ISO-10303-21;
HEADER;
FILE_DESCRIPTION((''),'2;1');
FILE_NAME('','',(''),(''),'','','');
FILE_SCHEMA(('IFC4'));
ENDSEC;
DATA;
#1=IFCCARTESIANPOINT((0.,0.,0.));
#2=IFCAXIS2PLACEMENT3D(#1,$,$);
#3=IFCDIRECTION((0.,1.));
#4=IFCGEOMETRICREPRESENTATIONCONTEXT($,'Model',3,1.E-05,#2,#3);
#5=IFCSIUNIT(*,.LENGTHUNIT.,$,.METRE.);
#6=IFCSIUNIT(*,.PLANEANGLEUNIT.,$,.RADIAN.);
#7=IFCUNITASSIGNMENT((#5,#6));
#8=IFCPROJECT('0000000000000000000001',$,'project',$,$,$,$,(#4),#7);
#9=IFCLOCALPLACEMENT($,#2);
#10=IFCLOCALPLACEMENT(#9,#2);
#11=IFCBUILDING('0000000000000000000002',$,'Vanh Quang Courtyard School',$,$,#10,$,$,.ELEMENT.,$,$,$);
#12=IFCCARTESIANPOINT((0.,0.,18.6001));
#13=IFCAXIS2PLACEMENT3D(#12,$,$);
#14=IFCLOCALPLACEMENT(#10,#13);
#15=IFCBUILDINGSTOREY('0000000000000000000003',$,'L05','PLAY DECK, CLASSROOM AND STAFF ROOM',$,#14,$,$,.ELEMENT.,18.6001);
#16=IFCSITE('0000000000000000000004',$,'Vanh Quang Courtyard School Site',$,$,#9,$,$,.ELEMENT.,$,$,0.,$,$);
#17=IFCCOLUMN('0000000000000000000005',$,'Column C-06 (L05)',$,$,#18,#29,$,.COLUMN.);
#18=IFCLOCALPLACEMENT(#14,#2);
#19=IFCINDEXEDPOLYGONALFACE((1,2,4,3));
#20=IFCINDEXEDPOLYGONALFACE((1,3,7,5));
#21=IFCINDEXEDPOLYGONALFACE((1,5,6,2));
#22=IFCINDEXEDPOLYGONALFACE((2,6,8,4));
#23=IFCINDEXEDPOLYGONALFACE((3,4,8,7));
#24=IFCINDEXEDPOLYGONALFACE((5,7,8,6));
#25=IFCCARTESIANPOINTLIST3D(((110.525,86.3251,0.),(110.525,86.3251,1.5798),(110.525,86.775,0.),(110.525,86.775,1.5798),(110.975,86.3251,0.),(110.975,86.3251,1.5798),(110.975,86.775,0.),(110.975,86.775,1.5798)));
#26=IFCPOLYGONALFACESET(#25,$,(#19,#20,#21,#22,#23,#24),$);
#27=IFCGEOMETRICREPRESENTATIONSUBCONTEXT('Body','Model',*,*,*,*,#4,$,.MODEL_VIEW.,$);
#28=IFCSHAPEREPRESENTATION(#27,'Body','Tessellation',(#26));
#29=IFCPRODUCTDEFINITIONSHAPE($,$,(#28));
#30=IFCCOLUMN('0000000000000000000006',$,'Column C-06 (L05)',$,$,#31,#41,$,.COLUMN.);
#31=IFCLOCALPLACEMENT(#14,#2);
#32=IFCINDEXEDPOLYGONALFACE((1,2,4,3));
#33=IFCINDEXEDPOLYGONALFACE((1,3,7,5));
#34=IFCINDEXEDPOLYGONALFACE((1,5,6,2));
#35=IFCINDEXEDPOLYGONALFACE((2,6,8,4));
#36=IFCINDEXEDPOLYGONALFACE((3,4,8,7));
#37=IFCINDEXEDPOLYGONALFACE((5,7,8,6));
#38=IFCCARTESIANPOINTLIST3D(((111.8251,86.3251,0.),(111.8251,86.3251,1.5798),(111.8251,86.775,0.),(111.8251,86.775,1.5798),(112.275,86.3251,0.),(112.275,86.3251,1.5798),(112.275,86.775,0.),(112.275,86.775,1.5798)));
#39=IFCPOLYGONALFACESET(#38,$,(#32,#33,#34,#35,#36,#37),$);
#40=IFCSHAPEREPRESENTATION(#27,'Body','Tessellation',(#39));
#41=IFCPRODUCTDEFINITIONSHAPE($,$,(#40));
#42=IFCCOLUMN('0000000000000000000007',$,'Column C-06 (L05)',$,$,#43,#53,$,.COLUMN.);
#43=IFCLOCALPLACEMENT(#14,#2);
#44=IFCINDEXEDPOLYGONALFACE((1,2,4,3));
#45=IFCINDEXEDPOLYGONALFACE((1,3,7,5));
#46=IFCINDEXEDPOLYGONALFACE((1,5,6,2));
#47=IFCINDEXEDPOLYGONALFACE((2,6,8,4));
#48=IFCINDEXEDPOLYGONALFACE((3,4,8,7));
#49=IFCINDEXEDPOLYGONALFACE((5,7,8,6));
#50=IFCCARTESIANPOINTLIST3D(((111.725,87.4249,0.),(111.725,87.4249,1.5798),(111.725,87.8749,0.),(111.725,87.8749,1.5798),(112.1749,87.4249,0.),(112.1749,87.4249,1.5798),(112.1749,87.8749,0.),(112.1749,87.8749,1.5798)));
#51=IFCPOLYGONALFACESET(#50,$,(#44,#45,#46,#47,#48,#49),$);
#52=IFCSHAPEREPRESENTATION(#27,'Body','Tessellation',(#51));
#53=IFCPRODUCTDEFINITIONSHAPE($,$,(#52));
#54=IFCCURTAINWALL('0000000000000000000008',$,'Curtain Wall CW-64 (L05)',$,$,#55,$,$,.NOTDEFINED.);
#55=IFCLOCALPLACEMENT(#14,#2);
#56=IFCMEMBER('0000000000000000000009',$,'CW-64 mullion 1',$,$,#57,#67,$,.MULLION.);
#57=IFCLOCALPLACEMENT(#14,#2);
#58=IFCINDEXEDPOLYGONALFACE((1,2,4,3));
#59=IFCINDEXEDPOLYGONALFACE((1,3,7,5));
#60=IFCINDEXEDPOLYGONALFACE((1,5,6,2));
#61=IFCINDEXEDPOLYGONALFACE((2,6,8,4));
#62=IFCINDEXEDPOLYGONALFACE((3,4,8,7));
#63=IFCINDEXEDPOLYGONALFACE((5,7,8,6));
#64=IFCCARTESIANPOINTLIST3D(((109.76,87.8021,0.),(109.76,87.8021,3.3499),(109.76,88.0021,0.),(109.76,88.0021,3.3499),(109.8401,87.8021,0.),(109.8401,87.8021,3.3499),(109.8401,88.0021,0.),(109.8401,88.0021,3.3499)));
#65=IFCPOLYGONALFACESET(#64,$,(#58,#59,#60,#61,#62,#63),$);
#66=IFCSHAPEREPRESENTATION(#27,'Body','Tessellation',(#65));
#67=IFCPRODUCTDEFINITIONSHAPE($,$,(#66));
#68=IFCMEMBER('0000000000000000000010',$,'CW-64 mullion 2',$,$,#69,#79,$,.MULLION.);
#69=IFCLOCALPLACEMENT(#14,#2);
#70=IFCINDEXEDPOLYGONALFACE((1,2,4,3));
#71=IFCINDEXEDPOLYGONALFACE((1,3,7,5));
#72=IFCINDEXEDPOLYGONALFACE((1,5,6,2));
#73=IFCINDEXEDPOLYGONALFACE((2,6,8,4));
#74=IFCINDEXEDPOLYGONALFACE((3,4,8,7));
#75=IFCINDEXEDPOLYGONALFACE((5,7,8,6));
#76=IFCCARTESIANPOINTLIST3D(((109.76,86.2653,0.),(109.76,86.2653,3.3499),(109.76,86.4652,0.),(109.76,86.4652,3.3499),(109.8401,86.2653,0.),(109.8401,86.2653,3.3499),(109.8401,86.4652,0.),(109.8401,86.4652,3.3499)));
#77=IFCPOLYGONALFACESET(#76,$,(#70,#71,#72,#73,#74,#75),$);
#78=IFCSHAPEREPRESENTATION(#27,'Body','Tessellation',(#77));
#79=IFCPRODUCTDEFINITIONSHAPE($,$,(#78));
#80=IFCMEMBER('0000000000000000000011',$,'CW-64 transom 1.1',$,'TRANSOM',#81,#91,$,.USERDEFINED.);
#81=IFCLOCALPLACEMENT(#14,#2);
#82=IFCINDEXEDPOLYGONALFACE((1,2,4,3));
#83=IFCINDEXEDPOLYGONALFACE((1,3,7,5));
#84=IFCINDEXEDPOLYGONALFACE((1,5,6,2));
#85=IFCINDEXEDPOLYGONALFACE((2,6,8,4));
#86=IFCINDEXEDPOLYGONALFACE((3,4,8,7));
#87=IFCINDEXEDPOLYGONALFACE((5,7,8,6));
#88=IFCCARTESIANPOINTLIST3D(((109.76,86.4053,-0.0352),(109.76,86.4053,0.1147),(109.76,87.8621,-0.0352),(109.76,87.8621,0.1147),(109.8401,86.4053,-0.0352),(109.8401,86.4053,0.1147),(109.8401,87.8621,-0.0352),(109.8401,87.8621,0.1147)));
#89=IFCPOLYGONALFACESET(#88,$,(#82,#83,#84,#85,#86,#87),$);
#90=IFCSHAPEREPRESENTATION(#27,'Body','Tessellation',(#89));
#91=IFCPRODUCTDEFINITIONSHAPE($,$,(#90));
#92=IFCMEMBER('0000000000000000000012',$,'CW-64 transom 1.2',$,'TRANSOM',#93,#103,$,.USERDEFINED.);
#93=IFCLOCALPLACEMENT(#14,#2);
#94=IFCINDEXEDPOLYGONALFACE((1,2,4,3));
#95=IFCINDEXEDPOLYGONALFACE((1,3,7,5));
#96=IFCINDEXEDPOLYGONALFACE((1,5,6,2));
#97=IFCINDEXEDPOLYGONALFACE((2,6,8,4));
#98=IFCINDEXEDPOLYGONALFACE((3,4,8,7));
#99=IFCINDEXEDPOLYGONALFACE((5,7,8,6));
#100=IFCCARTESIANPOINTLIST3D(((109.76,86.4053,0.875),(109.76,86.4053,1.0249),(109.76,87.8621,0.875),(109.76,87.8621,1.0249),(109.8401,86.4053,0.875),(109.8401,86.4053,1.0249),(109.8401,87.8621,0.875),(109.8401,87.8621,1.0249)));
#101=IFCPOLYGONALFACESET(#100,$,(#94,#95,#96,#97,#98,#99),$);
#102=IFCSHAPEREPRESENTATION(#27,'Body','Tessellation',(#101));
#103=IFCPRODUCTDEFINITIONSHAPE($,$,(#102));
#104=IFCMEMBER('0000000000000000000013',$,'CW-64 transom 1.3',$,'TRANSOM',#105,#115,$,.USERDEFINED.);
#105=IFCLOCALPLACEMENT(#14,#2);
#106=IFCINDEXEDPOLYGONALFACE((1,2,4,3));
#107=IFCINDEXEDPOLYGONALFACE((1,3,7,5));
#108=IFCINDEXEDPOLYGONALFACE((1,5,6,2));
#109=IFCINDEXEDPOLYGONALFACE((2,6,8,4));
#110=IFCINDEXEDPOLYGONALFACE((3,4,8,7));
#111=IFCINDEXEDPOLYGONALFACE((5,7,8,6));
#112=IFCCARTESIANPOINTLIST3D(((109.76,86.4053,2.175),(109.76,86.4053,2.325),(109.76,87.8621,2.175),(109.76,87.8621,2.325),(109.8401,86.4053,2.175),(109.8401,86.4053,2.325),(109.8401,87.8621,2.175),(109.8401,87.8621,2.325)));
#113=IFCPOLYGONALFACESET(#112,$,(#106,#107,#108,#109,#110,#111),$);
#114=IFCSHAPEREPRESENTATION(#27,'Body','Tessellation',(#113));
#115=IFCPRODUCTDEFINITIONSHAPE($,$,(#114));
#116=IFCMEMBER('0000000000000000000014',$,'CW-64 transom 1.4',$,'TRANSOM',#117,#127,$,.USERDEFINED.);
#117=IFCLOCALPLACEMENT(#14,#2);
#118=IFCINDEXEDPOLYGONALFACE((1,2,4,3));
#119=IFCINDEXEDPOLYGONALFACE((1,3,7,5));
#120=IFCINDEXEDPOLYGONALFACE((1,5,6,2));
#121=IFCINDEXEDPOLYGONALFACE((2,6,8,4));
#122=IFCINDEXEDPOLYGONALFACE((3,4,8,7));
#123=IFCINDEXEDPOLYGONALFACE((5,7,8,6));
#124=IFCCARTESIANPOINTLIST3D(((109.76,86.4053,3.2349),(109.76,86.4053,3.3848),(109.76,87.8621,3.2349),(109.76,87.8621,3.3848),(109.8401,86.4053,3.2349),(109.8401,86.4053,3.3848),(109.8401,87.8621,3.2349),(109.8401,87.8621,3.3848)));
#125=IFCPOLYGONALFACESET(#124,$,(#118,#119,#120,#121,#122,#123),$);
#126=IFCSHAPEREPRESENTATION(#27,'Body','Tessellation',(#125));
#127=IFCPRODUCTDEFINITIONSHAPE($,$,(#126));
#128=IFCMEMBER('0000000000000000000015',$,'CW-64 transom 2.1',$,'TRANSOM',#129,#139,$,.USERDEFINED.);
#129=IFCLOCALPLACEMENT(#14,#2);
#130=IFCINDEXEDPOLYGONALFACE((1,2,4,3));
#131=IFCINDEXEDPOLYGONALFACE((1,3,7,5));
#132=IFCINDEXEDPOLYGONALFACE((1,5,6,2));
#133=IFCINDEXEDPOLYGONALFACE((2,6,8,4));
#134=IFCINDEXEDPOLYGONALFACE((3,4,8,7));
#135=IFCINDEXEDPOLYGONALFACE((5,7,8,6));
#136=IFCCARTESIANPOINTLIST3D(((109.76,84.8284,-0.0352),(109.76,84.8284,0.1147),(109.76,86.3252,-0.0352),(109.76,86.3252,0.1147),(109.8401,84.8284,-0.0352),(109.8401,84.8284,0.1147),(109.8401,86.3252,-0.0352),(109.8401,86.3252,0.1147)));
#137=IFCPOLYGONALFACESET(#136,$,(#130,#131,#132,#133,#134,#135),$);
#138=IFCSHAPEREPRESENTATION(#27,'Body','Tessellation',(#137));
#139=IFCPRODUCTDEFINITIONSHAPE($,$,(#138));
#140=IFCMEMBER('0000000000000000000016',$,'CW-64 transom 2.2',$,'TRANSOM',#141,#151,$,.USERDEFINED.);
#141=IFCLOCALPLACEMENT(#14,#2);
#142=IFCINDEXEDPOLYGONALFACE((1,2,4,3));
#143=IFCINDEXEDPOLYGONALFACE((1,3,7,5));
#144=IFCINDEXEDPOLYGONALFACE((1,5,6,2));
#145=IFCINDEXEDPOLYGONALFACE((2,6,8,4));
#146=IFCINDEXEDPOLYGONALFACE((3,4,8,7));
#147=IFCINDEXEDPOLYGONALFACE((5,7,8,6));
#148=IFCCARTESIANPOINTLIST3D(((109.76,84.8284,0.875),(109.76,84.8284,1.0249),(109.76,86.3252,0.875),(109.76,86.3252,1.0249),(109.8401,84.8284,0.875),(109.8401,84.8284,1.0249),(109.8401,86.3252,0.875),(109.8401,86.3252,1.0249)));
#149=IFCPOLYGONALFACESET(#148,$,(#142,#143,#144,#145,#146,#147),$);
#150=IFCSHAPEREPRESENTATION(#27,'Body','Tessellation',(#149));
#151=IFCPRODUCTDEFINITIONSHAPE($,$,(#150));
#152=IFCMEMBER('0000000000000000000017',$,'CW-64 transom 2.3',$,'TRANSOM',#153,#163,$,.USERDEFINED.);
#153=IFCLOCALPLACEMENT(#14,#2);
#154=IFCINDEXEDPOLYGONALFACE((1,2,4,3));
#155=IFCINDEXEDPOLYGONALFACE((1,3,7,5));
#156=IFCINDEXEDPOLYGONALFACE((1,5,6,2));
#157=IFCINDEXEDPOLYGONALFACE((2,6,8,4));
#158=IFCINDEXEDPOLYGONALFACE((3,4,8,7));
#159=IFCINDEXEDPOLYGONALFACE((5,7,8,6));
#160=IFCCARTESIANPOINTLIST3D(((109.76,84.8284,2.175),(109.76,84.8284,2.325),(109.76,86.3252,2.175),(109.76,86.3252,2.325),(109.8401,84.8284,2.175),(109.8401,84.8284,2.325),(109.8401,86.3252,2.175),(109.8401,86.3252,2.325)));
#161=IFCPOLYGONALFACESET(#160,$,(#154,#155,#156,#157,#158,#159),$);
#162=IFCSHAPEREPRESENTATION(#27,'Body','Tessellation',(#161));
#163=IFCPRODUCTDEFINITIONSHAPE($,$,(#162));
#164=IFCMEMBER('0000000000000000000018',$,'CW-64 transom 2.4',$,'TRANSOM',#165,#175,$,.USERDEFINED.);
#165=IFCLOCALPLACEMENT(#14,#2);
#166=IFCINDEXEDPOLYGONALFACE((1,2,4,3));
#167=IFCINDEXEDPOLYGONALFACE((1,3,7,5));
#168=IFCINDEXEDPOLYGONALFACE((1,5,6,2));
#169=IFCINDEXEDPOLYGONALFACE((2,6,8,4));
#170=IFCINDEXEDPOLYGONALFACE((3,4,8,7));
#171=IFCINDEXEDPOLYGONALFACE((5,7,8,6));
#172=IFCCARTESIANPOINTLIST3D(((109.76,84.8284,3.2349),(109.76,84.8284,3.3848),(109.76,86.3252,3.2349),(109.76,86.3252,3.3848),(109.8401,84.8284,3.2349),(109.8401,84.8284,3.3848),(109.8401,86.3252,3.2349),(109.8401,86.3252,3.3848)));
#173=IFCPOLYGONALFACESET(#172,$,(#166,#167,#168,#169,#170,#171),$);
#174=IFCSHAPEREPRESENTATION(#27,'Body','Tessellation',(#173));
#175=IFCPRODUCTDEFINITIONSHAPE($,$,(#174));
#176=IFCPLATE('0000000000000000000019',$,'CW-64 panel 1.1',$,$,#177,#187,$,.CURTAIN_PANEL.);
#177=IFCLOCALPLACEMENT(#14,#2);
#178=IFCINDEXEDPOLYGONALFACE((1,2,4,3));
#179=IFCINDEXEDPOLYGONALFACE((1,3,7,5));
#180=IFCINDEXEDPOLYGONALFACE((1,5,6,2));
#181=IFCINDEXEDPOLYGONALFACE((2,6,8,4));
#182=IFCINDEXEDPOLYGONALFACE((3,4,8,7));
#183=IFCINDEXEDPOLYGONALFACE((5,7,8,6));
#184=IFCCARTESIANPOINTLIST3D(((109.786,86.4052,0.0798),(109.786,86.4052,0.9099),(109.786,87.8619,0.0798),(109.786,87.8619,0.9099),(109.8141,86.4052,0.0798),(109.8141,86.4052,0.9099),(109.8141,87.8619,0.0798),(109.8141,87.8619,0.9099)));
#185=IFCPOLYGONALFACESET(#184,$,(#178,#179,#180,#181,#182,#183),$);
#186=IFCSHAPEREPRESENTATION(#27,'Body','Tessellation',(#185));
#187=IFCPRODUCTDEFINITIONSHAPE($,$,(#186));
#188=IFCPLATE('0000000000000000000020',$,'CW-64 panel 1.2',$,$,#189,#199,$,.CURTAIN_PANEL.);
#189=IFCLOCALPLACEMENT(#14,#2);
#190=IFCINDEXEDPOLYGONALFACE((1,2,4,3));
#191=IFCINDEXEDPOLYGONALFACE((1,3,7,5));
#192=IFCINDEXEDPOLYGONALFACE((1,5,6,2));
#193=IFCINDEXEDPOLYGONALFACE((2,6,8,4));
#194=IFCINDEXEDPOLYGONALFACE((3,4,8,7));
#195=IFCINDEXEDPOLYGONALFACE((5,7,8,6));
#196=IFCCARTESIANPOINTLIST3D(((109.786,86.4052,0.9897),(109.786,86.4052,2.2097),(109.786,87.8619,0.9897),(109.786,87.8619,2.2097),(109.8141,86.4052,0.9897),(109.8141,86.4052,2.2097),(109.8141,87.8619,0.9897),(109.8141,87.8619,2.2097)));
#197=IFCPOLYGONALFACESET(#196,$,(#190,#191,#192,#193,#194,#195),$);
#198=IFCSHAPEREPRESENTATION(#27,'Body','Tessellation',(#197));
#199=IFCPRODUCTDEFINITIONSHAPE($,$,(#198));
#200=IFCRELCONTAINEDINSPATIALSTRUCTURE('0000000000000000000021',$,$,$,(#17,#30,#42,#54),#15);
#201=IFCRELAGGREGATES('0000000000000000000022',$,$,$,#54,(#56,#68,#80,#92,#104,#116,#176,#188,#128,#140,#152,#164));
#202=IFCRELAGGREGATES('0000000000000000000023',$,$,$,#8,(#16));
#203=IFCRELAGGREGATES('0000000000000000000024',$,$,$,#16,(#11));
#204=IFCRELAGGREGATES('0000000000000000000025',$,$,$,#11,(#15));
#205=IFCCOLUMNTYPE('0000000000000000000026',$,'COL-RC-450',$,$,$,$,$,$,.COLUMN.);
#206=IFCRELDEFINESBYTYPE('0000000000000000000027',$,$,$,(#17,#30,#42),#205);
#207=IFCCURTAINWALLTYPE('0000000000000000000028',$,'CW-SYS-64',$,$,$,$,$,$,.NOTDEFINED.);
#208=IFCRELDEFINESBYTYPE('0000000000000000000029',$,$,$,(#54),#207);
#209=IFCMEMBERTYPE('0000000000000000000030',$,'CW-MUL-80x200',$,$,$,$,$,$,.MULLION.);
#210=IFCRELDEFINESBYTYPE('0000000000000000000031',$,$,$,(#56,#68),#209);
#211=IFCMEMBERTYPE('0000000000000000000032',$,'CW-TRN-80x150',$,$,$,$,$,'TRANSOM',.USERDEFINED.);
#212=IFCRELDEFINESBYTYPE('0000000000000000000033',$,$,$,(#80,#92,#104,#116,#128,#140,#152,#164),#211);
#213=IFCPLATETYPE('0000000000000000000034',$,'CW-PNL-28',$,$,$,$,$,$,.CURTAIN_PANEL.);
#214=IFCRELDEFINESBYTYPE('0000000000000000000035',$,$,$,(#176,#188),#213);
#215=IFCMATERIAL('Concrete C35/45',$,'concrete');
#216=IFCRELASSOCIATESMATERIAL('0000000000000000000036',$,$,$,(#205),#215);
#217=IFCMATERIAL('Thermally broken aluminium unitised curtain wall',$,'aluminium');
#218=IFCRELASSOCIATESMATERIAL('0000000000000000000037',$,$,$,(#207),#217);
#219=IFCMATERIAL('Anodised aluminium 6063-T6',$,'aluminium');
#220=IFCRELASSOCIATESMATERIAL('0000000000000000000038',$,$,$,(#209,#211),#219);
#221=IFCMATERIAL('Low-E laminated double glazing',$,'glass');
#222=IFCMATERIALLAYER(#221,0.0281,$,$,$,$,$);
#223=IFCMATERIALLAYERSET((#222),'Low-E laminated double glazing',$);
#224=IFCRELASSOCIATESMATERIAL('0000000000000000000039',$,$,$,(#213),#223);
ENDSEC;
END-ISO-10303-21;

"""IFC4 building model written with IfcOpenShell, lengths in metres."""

from ifc_helpers import new_model, si_unit, direction, frame, origin, origin_2d, place, context, subcontext, project, spatial, rectangle, extrude, material, layer, layer_set, material_profile, profile_set, type_object, element, aggregate, save


model = new_model("IFC4")

# Units and contexts
model_context = context("Model", 3, precision=1e-05, world=origin(), true_north=direction((0.0, 1.0)))
body_context = subcontext(model_context, "Body", "Model", "MODEL_VIEW")
ifc_project = project(units=[si_unit("LENGTHUNIT", "METRE"), si_unit("PLANEANGLEUNIT", "RADIAN")], contexts=[model_context])

# Site, building, storey
site_placement = place(None, origin())
site = spatial("IfcSite", under=ifc_project, at=site_placement, Name="Vanh Quang Courtyard School Site", CompositionType="ELEMENT", RefElevation=0.0)
building_placement = place(site_placement, origin())
building = spatial("IfcBuilding", under=site, at=building_placement, Name="Vanh Quang Courtyard School", CompositionType="ELEMENT")
storey_placement = place(building_placement, frame((0.0, 0.0, 18.6001)))
storey = spatial("IfcBuildingStorey", under=building, at=storey_placement, Name="L05", Description="PLAY DECK, CLASSROOM AND STAFF ROOM", CompositionType="ELEMENT", Elevation=18.6001)

# Columns
ifc_material_1 = material(Name="Concrete C35/45", Category="concrete")
ifc_material_profile_1 = material_profile(ifc_material_1, rectangle(XDim=0.45, YDim=0.45, at=origin_2d()), Name="RC-COL 450x450")
ifc_profile_set_1 = profile_set([ifc_material_profile_1], Name="Concrete C35/45")
column_type = type_object("IfcColumnType", Name="COL-RC-450", PredefinedType="COLUMN", material=ifc_profile_set_1)
for number, where, z_axis, x_axis, name in (
    (1, (110.75, 86.55, 0.0), (0.0, 0.0, 1.0), (1.0, 0.0, 0.0), "Column C-06 (L05)"),
    (2, (112.05, 86.55, 0.0), (0.0, 0.0, 1.0), (1.0, 0.0, 0.0), "Column C-06 (L05)"),
    (3, (111.95, 87.6499, 0.0), (0.0, 0.0, 1.0), (1.0, 0.0, 0.0), "Column C-06 (L05)"),
):
    element("IfcColumn", number, at=place(storey_placement, frame(where, z_axis=z_axis, x_axis=x_axis)), inside=storey, type_object=column_type, Name=name, PredefinedType="COLUMN", context=body_context, shape_type="SweptSolid", body=[
        extrude(rectangle(XDim=0.45, YDim=0.45, at=origin_2d()), origin(), (0.0, 0.0, 1.0), 1.5798),
    ])

# Curtain wall, members, plates
ifc_material_2 = material(Name="Thermally broken aluminium unitised curtain wall", Category="aluminium")
curtain_wall_type = type_object("IfcCurtainWallType", Name="CW-SYS-64", PredefinedType="NOTDEFINED", material=ifc_material_2)
curtain_wall_placement = place(storey_placement, origin())
curtain_wall = element("IfcCurtainWall", 4, at=curtain_wall_placement, inside=storey, type_object=curtain_wall_type, Name="Curtain Wall CW-64 (L05)", PredefinedType="NOTDEFINED")
ifc_material_3 = material(Name="Anodised aluminium 6063-T6", Category="aluminium")
ifc_material_profile_2 = material_profile(ifc_material_3, rectangle(XDim=0.0801, YDim=0.2, at=origin_2d()), Name="ALU-MUL 80x200")
ifc_profile_set_2 = profile_set([ifc_material_profile_2], Name="Anodised aluminium 6063-T6")
member_type_1 = type_object("IfcMemberType", Name="CW-MUL-80x200", PredefinedType="MULLION", material=ifc_profile_set_2)
member_1_placement = place(storey_placement, frame((109.8, 87.9021, 0.0), z_axis=(0.0, 0.0, 1.0), x_axis=(1.0, 0.0, 0.0)))
member_1 = element("IfcMember", 5, at=member_1_placement, type_object=member_type_1, Name="CW-64 mullion 1", PredefinedType="MULLION", context=body_context, shape_type="SweptSolid", body=[
    extrude(rectangle(XDim=0.0801, YDim=0.2, at=origin_2d()), origin(), (0.0, 0.0, 1.0), 3.3499),
])
member_2_placement = place(storey_placement, frame((109.8, 86.3652, 0.0), z_axis=(0.0, 0.0, 1.0), x_axis=(1.0, 0.0, 0.0)))
member_2 = element("IfcMember", 6, at=member_2_placement, type_object=member_type_1, Name="CW-64 mullion 2", PredefinedType="MULLION", context=body_context, shape_type="SweptSolid", body=[
    extrude(rectangle(XDim=0.0801, YDim=0.2, at=origin_2d()), origin(), (0.0, 0.0, 1.0), 3.3499),
])
ifc_material_profile_3 = material_profile(ifc_material_3, rectangle(XDim=0.0801, YDim=0.1499, at=origin_2d()), Name="ALU-TRN 80x150")
ifc_profile_set_3 = profile_set([ifc_material_profile_3], Name="Anodised aluminium 6063-T6")
member_type_2 = type_object("IfcMemberType", Name="CW-TRN-80x150", ElementType="TRANSOM", PredefinedType="USERDEFINED", material=ifc_profile_set_3)
member_3_placement = place(storey_placement, frame((109.8, 87.8621, 0.0398), z_axis=(0.0, -1.0, 0.0), x_axis=(1.0, 0.0, 0.0)))
member_3 = element("IfcMember", 7, at=member_3_placement, type_object=member_type_2, Name="CW-64 transom 1.1", ObjectType="TRANSOM", PredefinedType="USERDEFINED", context=body_context, shape_type="SweptSolid", body=[
    extrude(rectangle(XDim=0.0801, YDim=0.1499, at=origin_2d()), origin(), (0.0, 0.0, 1.0), 1.4568),
])
member_4_placement = place(storey_placement, frame((109.8, 87.8621, 0.95), z_axis=(0.0, -1.0, 0.0), x_axis=(1.0, 0.0, 0.0)))
member_4 = element("IfcMember", 8, at=member_4_placement, type_object=member_type_2, Name="CW-64 transom 1.2", ObjectType="TRANSOM", PredefinedType="USERDEFINED", context=body_context, shape_type="SweptSolid", body=[
    extrude(rectangle(XDim=0.0801, YDim=0.1499, at=origin_2d()), origin(), (0.0, 0.0, 1.0), 1.4568),
])
member_5_placement = place(storey_placement, frame((109.8, 87.8621, 2.25), z_axis=(0.0, -1.0, 0.0), x_axis=(1.0, 0.0, 0.0)))
member_5 = element("IfcMember", 9, at=member_5_placement, type_object=member_type_2, Name="CW-64 transom 1.3", ObjectType="TRANSOM", PredefinedType="USERDEFINED", context=body_context, shape_type="SweptSolid", body=[
    extrude(rectangle(XDim=0.0801, YDim=0.1499, at=origin_2d()), origin(), (0.0, 0.0, 1.0), 1.4568),
])
member_6_placement = place(storey_placement, frame((109.8, 87.8621, 3.3098), z_axis=(0.0, -1.0, 0.0), x_axis=(1.0, 0.0, 0.0)))
member_6 = element("IfcMember", 10, at=member_6_placement, type_object=member_type_2, Name="CW-64 transom 1.4", ObjectType="TRANSOM", PredefinedType="USERDEFINED", context=body_context, shape_type="SweptSolid", body=[
    extrude(rectangle(XDim=0.0801, YDim=0.1499, at=origin_2d()), origin(), (0.0, 0.0, 1.0), 1.4568),
])
member_7_placement = place(storey_placement, frame((109.8, 86.3252, 0.0398), z_axis=(0.0, -1.0, 0.0), x_axis=(1.0, 0.0, 0.0)))
member_7 = element("IfcMember", 11, at=member_7_placement, type_object=member_type_2, Name="CW-64 transom 2.1", ObjectType="TRANSOM", PredefinedType="USERDEFINED", context=body_context, shape_type="SweptSolid", body=[
    extrude(rectangle(XDim=0.0801, YDim=0.1499, at=origin_2d()), origin(), (0.0, 0.0, 1.0), 1.4968),
])
member_8_placement = place(storey_placement, frame((109.8, 86.3252, 0.95), z_axis=(0.0, -1.0, 0.0), x_axis=(1.0, 0.0, 0.0)))
member_8 = element("IfcMember", 12, at=member_8_placement, type_object=member_type_2, Name="CW-64 transom 2.2", ObjectType="TRANSOM", PredefinedType="USERDEFINED", context=body_context, shape_type="SweptSolid", body=[
    extrude(rectangle(XDim=0.0801, YDim=0.1499, at=origin_2d()), origin(), (0.0, 0.0, 1.0), 1.4968),
])
member_9_placement = place(storey_placement, frame((109.8, 86.3252, 2.25), z_axis=(0.0, -1.0, 0.0), x_axis=(1.0, 0.0, 0.0)))
member_9 = element("IfcMember", 13, at=member_9_placement, type_object=member_type_2, Name="CW-64 transom 2.3", ObjectType="TRANSOM", PredefinedType="USERDEFINED", context=body_context, shape_type="SweptSolid", body=[
    extrude(rectangle(XDim=0.0801, YDim=0.1499, at=origin_2d()), origin(), (0.0, 0.0, 1.0), 1.4968),
])
member_10_placement = place(storey_placement, frame((109.8, 86.3252, 3.3098), z_axis=(0.0, -1.0, 0.0), x_axis=(1.0, 0.0, 0.0)))
member_10 = element("IfcMember", 14, at=member_10_placement, type_object=member_type_2, Name="CW-64 transom 2.4", ObjectType="TRANSOM", PredefinedType="USERDEFINED", context=body_context, shape_type="SweptSolid", body=[
    extrude(rectangle(XDim=0.0801, YDim=0.1499, at=origin_2d()), origin(), (0.0, 0.0, 1.0), 1.4968),
])
ifc_material_4 = material(Name="Low-E laminated double glazing", Category="glass")
ifc_layer_1 = layer(ifc_material_4, 0.0281)
ifc_layer_set_1 = layer_set([ifc_layer_1], Name="Low-E laminated double glazing")
plate_type = type_object("IfcPlateType", Name="CW-PNL-28", PredefinedType="CURTAIN_PANEL", material=ifc_layer_set_1)
plate_1_placement = place(storey_placement, frame((109.8, 87.1335, 0.0798), z_axis=(0.0, 0.0, 1.0), x_axis=(0.0, -1.0, 0.0)))
plate_1 = element("IfcPlate", 15, at=plate_1_placement, type_object=plate_type, Name="CW-64 panel 1.1", PredefinedType="CURTAIN_PANEL", context=body_context, shape_type="SweptSolid", body=[
    extrude(rectangle(XDim=1.4568, YDim=0.0281, at=origin_2d()), origin(), (0.0, 0.0, 1.0), 0.8301),
])
plate_2_placement = place(storey_placement, frame((109.8, 87.1335, 0.9897), z_axis=(0.0, 0.0, 1.0), x_axis=(0.0, -1.0, 0.0)))
plate_2 = element("IfcPlate", 16, at=plate_2_placement, type_object=plate_type, Name="CW-64 panel 1.2", PredefinedType="CURTAIN_PANEL", context=body_context, shape_type="SweptSolid", body=[
    extrude(rectangle(XDim=1.4568, YDim=0.0281, at=origin_2d()), origin(), (0.0, 0.0, 1.0), 1.22),
])
aggregate(curtain_wall, [member_1, member_2, member_3, member_4, member_5, member_6, plate_1, plate_2, member_7, member_8, member_9, member_10])

save(model, "model.ifc")
